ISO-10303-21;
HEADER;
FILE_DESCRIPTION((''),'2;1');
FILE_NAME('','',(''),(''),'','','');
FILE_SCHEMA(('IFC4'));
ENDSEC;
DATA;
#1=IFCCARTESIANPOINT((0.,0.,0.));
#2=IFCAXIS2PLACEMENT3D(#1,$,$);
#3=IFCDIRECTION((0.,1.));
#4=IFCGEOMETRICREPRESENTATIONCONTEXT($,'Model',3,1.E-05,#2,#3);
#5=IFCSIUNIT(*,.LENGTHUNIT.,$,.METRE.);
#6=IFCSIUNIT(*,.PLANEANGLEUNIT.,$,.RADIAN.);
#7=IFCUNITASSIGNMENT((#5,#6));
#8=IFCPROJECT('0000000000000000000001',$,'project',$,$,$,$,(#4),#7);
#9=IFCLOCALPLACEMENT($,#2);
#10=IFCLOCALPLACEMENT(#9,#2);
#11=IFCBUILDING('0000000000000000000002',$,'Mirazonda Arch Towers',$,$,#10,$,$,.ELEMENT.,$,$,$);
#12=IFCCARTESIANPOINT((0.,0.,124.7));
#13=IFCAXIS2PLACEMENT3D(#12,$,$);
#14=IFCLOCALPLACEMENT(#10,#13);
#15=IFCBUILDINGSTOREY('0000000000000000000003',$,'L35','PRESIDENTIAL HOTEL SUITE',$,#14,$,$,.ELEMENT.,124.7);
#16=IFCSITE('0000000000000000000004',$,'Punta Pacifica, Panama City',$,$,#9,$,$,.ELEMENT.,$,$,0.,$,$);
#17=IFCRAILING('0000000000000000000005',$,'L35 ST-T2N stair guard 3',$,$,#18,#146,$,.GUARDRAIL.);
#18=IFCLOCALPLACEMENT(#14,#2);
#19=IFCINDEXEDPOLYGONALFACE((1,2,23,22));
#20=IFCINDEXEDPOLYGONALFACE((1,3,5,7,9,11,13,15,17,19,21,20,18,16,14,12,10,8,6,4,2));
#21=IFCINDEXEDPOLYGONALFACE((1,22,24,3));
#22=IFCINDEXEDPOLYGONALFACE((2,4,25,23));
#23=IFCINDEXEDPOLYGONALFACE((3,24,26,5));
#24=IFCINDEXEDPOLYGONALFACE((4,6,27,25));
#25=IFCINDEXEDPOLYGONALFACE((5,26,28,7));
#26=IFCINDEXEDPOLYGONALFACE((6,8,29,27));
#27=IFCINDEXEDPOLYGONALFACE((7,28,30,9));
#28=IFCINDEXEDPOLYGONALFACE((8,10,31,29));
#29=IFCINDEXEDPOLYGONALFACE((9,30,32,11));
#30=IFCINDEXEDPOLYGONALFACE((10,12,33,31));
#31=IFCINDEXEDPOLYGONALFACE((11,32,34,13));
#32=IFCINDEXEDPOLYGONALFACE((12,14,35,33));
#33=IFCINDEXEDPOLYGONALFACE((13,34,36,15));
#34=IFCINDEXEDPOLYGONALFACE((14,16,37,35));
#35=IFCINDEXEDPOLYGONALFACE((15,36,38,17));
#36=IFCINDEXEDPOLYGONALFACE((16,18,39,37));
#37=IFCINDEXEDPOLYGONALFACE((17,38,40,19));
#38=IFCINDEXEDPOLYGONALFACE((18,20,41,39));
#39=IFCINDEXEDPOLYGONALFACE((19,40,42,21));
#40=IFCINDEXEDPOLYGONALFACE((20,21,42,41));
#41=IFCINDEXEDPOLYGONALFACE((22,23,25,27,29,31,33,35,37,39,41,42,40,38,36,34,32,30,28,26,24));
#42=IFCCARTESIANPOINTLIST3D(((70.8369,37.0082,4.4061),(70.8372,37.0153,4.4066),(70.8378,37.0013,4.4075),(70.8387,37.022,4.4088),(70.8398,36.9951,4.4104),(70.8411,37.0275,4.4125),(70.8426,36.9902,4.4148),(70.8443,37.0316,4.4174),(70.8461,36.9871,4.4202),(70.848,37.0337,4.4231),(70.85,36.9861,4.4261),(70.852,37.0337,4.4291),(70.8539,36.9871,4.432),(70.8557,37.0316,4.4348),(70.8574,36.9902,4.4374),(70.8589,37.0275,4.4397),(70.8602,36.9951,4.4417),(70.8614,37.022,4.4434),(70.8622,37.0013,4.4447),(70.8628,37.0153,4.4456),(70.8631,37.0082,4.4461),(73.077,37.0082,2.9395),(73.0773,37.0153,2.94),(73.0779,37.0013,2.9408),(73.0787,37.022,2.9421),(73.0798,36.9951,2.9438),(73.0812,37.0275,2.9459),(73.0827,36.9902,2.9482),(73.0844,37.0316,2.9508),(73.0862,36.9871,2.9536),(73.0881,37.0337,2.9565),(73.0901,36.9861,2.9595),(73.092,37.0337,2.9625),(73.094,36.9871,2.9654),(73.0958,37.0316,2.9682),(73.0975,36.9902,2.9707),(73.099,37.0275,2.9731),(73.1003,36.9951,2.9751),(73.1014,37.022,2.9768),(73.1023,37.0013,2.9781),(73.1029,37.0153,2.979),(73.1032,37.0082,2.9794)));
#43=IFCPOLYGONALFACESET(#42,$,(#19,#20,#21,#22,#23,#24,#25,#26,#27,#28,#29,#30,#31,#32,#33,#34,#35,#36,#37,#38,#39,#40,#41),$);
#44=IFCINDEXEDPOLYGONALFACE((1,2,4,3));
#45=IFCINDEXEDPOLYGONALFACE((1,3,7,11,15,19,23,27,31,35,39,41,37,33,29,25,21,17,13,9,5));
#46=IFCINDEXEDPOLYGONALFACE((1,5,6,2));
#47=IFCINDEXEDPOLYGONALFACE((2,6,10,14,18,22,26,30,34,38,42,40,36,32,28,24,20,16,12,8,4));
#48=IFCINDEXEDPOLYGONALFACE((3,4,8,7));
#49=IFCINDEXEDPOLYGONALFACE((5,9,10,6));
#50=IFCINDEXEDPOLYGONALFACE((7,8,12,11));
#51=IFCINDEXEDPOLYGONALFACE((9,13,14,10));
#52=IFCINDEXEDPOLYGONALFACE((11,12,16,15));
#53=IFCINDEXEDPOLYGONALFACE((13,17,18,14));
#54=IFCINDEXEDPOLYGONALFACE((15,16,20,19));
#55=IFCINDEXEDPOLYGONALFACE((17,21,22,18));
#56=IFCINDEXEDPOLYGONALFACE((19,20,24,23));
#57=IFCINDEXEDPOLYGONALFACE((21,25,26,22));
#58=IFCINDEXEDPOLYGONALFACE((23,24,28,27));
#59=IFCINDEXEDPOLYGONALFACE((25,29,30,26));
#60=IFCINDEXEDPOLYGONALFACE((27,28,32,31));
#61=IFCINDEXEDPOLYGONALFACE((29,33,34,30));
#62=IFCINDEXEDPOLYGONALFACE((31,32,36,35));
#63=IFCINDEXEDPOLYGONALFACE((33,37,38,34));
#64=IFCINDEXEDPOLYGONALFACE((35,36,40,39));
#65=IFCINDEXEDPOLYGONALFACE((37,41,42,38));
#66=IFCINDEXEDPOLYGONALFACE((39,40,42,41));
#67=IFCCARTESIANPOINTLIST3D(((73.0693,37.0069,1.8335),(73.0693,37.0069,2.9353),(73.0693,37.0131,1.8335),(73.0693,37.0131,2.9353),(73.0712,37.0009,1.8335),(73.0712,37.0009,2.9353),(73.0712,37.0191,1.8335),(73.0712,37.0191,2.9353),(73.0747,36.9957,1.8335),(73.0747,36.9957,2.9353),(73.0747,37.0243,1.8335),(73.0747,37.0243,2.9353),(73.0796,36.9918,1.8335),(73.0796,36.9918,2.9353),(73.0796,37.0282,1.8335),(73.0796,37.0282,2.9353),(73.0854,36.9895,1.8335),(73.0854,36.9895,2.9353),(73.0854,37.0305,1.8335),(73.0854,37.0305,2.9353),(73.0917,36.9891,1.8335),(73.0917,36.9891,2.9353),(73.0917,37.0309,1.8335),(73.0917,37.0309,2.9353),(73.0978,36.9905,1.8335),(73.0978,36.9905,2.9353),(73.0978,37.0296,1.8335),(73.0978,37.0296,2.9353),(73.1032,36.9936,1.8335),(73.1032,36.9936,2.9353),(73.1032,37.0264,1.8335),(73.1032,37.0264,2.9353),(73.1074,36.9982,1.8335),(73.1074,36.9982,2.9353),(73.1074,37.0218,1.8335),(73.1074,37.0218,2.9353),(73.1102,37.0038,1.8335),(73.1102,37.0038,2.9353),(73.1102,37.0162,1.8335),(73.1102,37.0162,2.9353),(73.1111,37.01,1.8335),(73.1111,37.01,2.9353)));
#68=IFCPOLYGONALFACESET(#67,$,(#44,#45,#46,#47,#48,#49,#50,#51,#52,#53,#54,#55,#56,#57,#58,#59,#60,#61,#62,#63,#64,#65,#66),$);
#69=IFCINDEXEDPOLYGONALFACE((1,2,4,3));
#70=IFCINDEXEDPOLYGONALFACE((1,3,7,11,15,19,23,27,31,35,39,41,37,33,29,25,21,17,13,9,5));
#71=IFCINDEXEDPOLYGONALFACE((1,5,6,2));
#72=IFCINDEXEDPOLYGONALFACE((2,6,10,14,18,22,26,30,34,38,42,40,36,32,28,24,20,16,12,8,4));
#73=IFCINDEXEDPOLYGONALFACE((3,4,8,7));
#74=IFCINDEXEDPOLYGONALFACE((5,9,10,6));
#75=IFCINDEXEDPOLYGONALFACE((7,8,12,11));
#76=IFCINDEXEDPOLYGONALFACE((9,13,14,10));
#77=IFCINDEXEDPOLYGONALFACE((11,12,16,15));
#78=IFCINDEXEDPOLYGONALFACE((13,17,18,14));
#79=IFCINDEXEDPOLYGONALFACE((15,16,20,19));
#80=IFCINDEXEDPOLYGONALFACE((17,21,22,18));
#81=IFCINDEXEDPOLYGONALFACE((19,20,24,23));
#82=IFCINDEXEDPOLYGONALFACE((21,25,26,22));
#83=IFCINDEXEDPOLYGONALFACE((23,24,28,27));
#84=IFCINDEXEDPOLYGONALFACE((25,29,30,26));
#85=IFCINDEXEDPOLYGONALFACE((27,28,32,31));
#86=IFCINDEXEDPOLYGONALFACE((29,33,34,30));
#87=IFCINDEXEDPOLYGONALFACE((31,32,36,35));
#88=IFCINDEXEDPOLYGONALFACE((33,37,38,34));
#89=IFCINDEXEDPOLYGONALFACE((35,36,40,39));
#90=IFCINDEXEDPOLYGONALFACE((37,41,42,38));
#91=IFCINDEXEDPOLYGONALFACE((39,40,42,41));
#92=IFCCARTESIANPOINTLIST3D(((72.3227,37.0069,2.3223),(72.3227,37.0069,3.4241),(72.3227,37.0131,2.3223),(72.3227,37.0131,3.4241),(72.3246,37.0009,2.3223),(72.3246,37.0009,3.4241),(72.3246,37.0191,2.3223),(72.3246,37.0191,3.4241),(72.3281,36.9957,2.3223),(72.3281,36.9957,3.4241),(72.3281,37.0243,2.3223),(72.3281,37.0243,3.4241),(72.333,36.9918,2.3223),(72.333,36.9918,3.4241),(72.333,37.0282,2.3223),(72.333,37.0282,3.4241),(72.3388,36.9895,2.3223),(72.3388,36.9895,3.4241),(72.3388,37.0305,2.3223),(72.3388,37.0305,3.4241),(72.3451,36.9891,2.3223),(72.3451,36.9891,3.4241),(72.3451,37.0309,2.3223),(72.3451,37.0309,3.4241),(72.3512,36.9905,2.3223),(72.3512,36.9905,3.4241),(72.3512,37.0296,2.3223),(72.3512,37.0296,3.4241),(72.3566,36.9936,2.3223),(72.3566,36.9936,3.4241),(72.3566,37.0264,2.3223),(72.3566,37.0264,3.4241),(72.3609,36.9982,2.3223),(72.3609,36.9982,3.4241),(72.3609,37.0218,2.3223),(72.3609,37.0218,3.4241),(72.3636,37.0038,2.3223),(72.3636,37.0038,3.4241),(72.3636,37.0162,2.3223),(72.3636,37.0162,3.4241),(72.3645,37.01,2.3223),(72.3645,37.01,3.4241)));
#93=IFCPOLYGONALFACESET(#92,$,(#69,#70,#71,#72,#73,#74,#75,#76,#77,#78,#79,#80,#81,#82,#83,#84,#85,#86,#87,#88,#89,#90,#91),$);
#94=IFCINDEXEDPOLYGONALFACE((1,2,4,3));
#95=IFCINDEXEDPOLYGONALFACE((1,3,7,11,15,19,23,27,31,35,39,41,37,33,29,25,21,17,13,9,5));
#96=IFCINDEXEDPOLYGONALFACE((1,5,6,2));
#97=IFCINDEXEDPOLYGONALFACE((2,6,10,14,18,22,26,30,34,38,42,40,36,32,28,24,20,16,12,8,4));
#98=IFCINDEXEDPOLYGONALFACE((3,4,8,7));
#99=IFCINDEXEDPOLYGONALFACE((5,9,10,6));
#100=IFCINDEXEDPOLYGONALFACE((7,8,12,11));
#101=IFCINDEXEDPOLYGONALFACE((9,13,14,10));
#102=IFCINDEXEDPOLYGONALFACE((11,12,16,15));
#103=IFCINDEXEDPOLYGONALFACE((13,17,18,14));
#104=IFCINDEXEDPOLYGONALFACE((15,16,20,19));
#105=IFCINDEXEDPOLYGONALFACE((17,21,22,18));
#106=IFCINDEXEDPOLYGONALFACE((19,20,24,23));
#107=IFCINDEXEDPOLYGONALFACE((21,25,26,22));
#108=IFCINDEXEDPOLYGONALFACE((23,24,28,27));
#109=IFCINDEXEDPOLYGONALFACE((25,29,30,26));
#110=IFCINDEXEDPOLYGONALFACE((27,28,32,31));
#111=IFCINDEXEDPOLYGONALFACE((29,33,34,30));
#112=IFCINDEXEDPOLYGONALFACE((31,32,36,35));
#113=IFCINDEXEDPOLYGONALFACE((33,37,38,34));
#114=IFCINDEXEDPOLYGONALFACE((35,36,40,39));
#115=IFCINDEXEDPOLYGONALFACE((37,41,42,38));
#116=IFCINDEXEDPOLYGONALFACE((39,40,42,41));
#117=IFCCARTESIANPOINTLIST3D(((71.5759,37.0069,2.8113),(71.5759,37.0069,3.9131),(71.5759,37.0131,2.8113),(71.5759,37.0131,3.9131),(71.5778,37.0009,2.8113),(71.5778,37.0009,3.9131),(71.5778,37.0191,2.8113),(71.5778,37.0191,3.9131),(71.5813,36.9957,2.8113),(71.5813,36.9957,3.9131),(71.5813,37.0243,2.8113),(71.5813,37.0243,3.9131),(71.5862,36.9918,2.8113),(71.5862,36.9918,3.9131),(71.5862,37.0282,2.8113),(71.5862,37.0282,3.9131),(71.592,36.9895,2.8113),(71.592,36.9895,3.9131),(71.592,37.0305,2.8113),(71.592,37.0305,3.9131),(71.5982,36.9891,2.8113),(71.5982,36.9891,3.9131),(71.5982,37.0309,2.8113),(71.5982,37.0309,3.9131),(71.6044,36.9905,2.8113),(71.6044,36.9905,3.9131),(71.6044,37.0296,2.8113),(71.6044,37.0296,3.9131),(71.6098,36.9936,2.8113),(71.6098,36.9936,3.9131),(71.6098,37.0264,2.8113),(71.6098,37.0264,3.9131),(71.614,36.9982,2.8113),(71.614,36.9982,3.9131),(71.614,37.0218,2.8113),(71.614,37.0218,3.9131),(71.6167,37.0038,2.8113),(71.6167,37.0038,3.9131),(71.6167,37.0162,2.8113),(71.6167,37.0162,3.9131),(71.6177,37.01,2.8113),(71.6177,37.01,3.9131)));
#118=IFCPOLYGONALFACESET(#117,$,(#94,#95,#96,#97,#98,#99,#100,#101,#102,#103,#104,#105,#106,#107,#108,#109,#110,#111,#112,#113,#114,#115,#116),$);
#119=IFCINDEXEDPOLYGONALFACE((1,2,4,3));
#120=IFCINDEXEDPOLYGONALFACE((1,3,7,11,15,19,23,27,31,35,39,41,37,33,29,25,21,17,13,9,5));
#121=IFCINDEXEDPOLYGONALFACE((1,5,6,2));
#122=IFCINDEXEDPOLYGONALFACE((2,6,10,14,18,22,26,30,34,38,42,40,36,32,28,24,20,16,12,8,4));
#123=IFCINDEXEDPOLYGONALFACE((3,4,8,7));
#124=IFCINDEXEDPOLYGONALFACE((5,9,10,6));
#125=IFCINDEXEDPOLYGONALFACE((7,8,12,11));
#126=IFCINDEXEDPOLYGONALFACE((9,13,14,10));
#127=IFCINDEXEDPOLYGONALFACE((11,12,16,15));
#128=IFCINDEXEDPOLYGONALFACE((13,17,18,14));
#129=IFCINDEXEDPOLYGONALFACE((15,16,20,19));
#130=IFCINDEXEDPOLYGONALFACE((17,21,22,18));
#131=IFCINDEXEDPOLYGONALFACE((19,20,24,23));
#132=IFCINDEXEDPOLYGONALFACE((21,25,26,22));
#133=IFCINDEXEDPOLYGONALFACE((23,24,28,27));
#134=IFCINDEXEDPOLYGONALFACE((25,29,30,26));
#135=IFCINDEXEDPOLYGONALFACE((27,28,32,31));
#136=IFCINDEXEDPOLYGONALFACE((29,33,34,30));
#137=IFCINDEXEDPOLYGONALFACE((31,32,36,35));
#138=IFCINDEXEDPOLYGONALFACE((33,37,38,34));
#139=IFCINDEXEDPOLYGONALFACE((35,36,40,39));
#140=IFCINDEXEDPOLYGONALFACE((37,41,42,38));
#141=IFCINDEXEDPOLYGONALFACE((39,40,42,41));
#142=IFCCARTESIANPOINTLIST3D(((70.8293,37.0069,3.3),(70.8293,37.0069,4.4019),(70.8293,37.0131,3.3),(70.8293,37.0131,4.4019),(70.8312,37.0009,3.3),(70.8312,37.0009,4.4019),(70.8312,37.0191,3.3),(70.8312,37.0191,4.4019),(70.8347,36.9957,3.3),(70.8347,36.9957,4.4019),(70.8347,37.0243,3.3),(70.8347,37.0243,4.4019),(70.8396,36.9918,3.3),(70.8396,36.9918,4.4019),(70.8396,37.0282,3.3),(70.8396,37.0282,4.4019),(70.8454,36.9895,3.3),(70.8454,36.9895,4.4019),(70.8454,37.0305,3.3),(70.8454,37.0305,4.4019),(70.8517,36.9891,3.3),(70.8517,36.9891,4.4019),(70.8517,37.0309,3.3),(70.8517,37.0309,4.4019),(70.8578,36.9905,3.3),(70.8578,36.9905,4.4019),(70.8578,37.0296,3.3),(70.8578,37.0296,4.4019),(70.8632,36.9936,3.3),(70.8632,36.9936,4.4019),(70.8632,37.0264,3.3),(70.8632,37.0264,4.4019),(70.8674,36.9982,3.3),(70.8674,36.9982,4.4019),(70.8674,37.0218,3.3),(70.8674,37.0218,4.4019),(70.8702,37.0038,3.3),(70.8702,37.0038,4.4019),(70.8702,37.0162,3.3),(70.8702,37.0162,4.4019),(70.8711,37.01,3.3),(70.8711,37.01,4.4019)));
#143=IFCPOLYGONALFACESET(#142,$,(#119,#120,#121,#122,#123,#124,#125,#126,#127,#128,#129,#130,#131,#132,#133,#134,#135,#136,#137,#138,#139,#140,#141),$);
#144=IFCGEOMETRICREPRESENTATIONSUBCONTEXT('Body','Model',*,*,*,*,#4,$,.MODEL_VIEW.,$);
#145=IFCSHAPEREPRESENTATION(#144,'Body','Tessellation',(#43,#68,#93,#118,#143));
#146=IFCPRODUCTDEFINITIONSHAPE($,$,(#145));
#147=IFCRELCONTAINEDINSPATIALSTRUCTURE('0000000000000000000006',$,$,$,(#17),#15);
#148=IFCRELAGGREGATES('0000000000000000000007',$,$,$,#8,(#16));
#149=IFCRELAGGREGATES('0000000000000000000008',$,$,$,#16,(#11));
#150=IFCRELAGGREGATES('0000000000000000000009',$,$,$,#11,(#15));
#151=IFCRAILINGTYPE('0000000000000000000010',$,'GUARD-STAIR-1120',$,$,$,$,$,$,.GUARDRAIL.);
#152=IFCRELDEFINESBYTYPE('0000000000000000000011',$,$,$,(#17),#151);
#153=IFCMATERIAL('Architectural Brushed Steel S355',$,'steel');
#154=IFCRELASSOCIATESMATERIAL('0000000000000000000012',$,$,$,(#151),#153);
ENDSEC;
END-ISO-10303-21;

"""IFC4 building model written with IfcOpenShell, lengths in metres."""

from ifc_helpers import new_model, si_unit, direction, frame, origin, origin_2d, place, context, subcontext, project, spatial, circle, extrude, material, type_object, element, save


model = new_model("IFC4")

# Units and contexts
model_context = context("Model", 3, precision=1e-05, world=origin(), true_north=direction((0.0, 1.0)))
body_context = subcontext(model_context, "Body", "Model", "MODEL_VIEW")
ifc_project = project(units=[si_unit("LENGTHUNIT", "METRE"), si_unit("PLANEANGLEUNIT", "RADIAN")], contexts=[model_context])

# Site, building, storey
site_placement = place(None, origin())
site = spatial("IfcSite", under=ifc_project, at=site_placement, Name="Punta Pacifica, Panama City", CompositionType="ELEMENT", RefElevation=0.0)
building_placement = place(site_placement, origin())
building = spatial("IfcBuilding", under=site, at=building_placement, Name="Mirazonda Arch Towers", CompositionType="ELEMENT")
storey_placement = place(building_placement, frame((0.0, 0.0, 124.7)))
storey = spatial("IfcBuildingStorey", under=building, at=storey_placement, Name="L35", Description="PRESIDENTIAL HOTEL SUITE", CompositionType="ELEMENT", Elevation=124.7)

# Railing
ifc_material_1 = material(Name="Architectural Brushed Steel S355", Category="steel")
railing_type_1 = type_object("IfcRailingType", Name="GUARD-STAIR-1120", PredefinedType="GUARDRAIL", material=ifc_material_1)
railing_1_placement = place(storey_placement, frame((73.0901, 37.01, 1.8335)))
element("IfcRailing", 1, at=railing_1_placement, inside=storey, type_object=railing_type_1, Name="L35 ST-T2N stair guard 3", PredefinedType="GUARDRAIL", context=body_context, shape_type="SweptSolid", body=[
    extrude(circle(Radius=0.0239, at=origin_2d()), frame((0.0, 0.0, 1.126), z_axis=(-0.836637, 0.0, 0.547758), x_axis=(0.0, -1.0, 0.0)), (0.0, 0.0, 1.0), 2.6775),
    extrude(circle(Radius=0.021, at=origin_2d()), origin(), (0.0, 0.0, 1.0), 1.1018),
    extrude(circle(Radius=0.021, at=origin_2d()), frame((-0.7466, 0.0, 0.4888)), (0.0, 0.0, 1.0), 1.1018),
    extrude(circle(Radius=0.021, at=origin_2d()), frame((-1.4934, 0.0, 0.9778)), (0.0, 0.0, 1.0), 1.1018),
    extrude(circle(Radius=0.021, at=origin_2d()), frame((-2.24, 0.0, 1.4666)), (0.0, 0.0, 1.0), 1.1018),
])

save(model, "model.ifc")
